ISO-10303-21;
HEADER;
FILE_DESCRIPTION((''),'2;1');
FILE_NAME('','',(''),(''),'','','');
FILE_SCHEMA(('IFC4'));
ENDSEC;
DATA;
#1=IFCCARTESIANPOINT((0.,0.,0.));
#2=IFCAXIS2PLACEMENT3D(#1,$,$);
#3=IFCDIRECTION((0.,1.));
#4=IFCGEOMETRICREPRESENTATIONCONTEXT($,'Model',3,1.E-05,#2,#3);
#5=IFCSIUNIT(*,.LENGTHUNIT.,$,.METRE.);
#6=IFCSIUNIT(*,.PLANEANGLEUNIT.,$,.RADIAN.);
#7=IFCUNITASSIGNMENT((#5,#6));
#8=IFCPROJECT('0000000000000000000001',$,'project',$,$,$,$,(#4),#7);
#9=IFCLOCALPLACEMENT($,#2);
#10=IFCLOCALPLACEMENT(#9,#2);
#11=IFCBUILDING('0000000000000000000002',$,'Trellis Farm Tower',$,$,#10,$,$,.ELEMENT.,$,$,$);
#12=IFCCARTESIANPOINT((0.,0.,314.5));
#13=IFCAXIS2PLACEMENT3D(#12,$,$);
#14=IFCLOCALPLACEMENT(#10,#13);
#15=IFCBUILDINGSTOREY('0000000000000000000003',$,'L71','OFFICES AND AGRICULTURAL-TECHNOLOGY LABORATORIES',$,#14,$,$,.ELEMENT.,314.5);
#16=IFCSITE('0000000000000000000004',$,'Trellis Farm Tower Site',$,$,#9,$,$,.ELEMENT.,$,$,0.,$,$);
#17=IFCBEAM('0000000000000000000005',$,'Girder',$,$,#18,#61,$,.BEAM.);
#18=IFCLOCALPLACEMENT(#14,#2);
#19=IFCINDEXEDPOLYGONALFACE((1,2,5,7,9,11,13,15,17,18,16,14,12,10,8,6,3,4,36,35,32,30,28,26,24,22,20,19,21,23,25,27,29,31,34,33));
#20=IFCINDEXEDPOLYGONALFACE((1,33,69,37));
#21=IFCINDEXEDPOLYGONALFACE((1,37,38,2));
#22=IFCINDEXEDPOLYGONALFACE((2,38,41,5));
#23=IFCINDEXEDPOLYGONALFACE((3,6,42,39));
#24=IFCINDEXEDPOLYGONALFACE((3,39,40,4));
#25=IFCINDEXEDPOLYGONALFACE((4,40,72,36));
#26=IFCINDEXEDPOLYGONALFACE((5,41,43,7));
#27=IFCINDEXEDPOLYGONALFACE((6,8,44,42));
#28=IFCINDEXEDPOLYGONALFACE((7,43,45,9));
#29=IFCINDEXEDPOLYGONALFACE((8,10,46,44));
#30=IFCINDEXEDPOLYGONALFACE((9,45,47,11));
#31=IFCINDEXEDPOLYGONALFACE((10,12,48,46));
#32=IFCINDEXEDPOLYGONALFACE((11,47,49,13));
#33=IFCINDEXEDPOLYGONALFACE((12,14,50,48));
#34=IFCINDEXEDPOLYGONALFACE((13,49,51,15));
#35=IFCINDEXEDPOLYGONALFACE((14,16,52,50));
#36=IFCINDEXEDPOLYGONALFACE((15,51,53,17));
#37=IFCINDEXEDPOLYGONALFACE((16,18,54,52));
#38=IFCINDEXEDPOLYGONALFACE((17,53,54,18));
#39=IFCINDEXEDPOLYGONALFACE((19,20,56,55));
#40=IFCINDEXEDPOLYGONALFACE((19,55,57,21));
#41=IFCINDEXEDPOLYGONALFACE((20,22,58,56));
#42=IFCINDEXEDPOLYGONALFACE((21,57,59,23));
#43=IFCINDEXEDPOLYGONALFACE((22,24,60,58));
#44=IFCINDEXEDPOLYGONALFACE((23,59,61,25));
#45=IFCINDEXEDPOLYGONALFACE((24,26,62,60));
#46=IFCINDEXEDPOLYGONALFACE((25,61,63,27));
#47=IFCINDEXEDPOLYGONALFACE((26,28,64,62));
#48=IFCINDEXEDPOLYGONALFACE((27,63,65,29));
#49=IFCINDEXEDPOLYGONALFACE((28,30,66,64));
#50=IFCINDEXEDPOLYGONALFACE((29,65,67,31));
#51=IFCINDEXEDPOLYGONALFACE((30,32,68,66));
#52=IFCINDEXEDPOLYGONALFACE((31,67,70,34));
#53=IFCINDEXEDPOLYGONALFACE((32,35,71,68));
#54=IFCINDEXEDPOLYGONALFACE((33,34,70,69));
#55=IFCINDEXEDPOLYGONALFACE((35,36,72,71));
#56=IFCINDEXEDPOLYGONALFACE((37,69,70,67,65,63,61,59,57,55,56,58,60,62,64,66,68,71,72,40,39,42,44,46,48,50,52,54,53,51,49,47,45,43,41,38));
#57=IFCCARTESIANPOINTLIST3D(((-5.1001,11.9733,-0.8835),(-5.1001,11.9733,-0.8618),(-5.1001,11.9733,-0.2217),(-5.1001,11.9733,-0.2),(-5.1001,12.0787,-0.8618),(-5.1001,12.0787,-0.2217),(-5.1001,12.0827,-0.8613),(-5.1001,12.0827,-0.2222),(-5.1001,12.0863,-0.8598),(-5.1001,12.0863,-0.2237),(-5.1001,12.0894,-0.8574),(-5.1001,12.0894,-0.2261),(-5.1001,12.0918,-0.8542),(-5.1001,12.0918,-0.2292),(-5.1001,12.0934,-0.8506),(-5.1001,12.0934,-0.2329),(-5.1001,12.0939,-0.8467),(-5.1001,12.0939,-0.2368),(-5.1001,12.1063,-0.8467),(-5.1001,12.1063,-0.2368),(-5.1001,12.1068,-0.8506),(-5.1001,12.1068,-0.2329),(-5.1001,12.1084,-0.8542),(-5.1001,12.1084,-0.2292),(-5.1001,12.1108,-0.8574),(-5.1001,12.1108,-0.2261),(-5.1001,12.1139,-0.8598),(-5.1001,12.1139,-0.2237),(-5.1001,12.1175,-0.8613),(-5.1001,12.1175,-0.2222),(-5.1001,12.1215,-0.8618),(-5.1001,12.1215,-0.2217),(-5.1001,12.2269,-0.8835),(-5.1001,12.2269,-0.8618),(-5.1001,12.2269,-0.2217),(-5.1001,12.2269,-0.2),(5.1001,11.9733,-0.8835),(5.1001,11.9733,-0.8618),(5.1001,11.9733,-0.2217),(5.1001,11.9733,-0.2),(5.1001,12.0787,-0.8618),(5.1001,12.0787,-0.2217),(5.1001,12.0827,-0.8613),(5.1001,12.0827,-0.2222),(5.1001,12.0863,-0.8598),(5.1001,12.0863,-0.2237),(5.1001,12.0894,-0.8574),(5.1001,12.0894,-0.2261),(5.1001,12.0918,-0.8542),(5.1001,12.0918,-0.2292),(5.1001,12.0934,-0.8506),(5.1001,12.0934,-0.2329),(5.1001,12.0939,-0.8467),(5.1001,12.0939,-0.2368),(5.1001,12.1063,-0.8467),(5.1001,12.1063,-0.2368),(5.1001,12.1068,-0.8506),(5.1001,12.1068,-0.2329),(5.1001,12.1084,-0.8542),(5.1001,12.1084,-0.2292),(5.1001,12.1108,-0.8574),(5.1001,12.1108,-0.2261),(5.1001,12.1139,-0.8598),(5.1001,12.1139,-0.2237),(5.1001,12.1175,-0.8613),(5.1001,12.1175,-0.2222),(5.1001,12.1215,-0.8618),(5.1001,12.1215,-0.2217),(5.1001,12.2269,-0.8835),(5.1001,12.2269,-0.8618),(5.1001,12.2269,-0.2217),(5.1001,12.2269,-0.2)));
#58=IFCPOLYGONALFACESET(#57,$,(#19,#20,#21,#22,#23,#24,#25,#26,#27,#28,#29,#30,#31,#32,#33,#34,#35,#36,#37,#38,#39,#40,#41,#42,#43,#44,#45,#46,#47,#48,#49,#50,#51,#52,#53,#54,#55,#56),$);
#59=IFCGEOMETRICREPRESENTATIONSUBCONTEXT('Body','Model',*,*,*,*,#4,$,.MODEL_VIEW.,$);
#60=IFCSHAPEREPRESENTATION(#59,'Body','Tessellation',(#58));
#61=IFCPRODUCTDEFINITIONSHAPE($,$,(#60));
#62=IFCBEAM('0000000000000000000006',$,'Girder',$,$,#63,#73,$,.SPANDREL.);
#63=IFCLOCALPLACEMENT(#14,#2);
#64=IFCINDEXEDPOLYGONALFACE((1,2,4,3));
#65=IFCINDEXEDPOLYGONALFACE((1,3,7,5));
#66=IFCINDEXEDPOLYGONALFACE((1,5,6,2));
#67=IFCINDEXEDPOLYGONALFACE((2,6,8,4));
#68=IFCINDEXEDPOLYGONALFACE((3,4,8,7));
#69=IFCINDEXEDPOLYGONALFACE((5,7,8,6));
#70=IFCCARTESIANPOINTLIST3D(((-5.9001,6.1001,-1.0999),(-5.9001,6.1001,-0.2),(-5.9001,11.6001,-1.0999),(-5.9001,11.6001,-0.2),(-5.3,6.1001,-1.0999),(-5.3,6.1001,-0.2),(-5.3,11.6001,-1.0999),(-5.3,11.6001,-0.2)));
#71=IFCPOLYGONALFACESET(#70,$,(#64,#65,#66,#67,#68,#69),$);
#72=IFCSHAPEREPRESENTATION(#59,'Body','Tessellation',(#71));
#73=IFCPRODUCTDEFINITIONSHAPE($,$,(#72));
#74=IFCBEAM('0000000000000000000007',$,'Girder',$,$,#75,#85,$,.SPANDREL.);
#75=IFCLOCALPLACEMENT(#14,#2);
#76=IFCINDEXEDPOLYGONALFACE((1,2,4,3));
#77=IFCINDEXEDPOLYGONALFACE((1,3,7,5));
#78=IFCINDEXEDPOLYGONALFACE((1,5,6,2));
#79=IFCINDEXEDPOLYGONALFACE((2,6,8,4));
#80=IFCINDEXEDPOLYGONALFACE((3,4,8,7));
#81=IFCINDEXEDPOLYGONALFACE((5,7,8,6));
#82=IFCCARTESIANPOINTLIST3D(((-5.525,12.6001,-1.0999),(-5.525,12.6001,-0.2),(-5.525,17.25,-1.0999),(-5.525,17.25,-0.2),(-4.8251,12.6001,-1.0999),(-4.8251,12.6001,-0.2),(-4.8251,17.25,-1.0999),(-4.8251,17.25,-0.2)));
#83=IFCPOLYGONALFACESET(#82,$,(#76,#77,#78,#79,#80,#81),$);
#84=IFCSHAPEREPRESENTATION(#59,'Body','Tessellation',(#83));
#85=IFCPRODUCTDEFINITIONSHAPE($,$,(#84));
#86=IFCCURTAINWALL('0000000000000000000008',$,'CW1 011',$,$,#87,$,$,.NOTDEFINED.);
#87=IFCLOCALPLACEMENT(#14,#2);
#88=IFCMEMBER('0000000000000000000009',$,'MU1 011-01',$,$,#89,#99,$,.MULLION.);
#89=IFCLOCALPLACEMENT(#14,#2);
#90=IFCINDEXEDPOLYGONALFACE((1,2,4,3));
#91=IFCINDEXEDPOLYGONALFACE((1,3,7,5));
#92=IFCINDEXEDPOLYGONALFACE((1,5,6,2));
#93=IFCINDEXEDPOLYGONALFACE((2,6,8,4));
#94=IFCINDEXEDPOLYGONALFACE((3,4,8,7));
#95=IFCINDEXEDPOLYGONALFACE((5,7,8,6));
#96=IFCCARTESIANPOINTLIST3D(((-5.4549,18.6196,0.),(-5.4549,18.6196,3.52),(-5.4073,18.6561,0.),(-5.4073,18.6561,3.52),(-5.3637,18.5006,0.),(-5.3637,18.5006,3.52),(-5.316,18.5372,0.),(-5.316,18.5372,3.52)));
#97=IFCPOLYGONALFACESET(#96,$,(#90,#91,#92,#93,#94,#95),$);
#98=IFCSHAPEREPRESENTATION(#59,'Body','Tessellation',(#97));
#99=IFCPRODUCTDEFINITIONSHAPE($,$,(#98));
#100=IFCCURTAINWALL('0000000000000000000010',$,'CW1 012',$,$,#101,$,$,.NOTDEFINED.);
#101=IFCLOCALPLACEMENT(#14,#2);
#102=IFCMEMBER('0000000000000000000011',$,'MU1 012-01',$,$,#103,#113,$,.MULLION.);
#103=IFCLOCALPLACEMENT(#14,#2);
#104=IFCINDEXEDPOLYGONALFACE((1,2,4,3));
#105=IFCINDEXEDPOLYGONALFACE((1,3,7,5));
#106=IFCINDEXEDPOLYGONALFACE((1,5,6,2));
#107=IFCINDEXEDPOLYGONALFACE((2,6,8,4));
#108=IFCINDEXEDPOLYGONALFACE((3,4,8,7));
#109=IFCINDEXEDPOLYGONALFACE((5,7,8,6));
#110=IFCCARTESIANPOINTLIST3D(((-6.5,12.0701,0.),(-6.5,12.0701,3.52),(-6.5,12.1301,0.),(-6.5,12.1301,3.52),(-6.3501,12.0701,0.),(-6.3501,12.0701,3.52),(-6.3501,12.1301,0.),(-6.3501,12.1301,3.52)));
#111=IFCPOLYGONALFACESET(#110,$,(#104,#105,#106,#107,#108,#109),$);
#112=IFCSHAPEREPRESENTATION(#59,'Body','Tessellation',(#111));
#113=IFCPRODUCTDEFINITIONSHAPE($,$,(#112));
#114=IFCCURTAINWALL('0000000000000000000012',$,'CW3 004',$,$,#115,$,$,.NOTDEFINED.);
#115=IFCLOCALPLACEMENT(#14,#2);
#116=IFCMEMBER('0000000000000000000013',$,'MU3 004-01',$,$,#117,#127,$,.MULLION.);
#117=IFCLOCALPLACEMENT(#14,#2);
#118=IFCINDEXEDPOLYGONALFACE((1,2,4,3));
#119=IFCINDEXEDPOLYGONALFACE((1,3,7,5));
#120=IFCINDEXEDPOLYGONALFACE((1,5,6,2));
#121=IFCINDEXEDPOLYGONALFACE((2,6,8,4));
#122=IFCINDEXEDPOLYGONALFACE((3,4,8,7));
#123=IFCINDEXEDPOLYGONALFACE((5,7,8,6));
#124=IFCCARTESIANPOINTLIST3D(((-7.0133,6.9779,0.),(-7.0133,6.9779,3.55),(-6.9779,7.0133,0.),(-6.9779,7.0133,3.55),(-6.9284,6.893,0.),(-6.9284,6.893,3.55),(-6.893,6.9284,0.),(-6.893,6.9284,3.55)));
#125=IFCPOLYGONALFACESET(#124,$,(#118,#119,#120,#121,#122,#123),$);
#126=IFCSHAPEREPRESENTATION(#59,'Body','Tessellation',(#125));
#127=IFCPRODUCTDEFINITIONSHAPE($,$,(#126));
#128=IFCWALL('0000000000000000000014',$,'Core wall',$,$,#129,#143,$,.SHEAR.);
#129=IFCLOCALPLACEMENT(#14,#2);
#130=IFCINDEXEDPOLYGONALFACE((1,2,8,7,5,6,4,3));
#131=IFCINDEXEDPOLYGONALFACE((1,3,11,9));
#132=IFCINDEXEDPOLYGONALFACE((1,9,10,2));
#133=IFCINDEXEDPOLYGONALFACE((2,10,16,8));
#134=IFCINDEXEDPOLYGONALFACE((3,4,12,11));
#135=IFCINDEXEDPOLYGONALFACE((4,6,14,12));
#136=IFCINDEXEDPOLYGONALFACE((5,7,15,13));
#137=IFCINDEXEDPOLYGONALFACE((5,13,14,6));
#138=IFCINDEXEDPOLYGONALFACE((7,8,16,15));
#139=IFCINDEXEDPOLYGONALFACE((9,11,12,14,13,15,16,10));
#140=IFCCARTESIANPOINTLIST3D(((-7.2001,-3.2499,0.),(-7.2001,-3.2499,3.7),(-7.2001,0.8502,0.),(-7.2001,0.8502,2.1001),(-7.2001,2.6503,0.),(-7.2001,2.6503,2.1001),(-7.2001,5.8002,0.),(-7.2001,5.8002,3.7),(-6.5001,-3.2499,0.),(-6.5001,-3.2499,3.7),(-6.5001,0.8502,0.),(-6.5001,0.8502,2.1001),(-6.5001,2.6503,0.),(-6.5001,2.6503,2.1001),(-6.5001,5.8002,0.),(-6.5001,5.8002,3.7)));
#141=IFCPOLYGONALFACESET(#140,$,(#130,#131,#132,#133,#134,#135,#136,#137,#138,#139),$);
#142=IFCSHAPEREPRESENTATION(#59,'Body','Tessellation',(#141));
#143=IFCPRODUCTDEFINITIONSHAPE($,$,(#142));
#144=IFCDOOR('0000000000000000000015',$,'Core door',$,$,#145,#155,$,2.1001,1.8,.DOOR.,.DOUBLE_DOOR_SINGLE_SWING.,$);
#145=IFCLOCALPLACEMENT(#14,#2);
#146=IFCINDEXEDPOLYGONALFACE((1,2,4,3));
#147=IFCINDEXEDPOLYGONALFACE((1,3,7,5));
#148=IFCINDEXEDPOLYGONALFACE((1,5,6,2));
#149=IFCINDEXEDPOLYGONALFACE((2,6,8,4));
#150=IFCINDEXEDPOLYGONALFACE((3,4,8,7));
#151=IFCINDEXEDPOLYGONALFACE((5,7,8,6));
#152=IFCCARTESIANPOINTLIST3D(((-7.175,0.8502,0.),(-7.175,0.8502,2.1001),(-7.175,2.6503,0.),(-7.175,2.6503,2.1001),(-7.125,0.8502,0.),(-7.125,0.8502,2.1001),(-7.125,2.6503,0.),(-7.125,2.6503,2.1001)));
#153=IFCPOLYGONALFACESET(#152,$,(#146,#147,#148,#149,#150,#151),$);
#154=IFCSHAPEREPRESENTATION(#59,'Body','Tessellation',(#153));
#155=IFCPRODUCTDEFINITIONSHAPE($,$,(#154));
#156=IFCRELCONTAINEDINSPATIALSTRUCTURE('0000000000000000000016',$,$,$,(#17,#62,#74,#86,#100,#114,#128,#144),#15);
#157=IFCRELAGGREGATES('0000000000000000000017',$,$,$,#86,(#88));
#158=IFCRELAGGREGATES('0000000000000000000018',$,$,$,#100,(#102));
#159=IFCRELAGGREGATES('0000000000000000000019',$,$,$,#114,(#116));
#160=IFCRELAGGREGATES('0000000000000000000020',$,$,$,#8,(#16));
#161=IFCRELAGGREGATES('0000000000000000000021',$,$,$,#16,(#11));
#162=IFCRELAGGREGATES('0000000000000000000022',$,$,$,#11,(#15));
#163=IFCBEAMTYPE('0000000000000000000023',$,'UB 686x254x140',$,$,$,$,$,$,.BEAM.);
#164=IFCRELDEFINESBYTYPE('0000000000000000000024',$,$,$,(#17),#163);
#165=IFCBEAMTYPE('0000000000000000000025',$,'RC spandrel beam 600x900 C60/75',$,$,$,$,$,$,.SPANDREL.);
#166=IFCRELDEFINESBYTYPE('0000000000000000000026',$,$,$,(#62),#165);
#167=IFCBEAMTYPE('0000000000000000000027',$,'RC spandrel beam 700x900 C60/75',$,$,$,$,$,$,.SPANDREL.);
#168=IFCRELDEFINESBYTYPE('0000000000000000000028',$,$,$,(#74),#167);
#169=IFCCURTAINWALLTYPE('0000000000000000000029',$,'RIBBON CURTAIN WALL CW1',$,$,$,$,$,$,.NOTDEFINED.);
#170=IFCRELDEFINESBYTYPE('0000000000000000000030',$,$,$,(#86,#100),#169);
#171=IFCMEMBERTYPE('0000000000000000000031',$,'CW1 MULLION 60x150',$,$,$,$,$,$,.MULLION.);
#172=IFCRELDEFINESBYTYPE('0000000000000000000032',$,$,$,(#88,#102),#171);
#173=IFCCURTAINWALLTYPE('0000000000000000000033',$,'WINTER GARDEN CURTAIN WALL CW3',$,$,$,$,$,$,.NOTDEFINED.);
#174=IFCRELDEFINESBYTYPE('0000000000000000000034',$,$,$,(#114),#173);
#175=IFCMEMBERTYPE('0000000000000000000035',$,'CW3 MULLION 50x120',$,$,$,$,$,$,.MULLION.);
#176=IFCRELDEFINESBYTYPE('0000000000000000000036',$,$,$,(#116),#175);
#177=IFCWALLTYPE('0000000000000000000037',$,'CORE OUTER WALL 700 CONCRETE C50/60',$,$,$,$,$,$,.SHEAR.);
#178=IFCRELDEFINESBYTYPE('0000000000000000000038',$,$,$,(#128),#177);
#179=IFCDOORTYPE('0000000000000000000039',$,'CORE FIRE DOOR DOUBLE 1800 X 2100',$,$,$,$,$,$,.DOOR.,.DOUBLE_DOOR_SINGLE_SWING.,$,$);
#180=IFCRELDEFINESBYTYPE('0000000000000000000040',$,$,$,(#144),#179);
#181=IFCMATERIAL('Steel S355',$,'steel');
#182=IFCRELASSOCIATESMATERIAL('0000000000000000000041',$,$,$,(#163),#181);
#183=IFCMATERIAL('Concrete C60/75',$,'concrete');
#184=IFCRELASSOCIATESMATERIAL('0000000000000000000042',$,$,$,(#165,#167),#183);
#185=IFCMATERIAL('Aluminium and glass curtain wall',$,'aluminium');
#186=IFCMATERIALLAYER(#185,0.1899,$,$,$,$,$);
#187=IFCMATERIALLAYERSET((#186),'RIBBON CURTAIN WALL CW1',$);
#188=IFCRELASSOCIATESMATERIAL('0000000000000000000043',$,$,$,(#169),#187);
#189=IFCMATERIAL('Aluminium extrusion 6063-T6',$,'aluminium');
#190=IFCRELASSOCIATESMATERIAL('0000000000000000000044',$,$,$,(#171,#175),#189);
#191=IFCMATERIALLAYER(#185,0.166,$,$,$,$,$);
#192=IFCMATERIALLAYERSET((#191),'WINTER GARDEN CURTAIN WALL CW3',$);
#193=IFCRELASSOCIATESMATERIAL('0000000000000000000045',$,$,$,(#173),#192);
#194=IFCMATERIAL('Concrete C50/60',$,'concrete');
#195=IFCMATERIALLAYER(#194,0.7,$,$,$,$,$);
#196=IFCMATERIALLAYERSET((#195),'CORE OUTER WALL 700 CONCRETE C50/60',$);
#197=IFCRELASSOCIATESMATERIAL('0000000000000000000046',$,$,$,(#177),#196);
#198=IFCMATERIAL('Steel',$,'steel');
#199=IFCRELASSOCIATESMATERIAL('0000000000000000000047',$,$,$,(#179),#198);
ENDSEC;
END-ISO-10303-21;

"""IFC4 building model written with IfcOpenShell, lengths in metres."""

from ifc_helpers import new_model, si_unit, direction, frame, frame_2d, origin, origin_2d, place, context, subcontext, project, spatial, rectangle, i_section, extrude, source, transform, mapped, material, layer, layer_set, material_profile, profile_set, type_object, element, fill, aggregate, save


model = new_model("IFC4")

# Units and contexts
model_context = context("Model", 3, precision=1e-05, world=origin(), true_north=direction((0.0, 1.0)))
body_context = subcontext(model_context, "Body", "Model", "MODEL_VIEW")
ifc_project = project(units=[si_unit("LENGTHUNIT", "METRE"), si_unit("PLANEANGLEUNIT", "RADIAN")], contexts=[model_context])

# Site, building, storey
site_placement = place(None, origin())
site = spatial("IfcSite", under=ifc_project, at=site_placement, Name="Trellis Farm Tower Site", CompositionType="ELEMENT", RefElevation=0.0)
building_placement = place(site_placement, origin())
building = spatial("IfcBuilding", under=site, at=building_placement, Name="Trellis Farm Tower", CompositionType="ELEMENT")
storey_placement = place(building_placement, frame((0.0, 0.0, 314.5)))
storey = spatial("IfcBuildingStorey", under=building, at=storey_placement, Name="L71", Description="OFFICES AND AGRICULTURAL-TECHNOLOGY LABORATORIES", CompositionType="ELEMENT", Elevation=314.5)

# Shared definitions
ifc_material_1 = material(Name="Concrete C60/75", Category="concrete")

# Beams
ifc_material_2 = material(Name="Steel S355", Category="steel")
ifc_material_profile_1 = material_profile(ifc_material_2, i_section(OverallWidth=0.2537, OverallDepth=0.6836, WebThickness=0.0125, FlangeThickness=0.0217, FilletRadius=0.0151, at=origin_2d()), Name="UB 686x254x140")
ifc_profile_set_1 = profile_set([ifc_material_profile_1], Name="Steel S355")
beam_type_1 = type_object("IfcBeamType", Name="UB 686x254x140", PredefinedType="BEAM", material=ifc_profile_set_1)
shared_shape_1 = source(origin(), body_context, "Body", "SweptSolid", [
    extrude(i_section(OverallWidth=0.2537, OverallDepth=0.6836, WebThickness=0.0125, FlangeThickness=0.0217, FilletRadius=0.0151, at=origin_2d()), origin(), (0.0, 0.0, 1.0), 10.2002),
])
for number, where, z_axis, x_axis, name in (
    (1, (-5.1001, 12.1001, -0.5417), (1.0, 0.0, 0.0), (0.0, 1.0, 0.0), "Girder"),
):
    element("IfcBeam", number, at=place(storey_placement, frame(where, z_axis=z_axis, x_axis=x_axis)), inside=storey, type_object=beam_type_1, Name=name, PredefinedType="BEAM", context=body_context, shape_type="MappedRepresentation", body=[
        mapped(shared_shape_1, transform((0.0, 0.0, 0.0))),
    ])
ifc_material_profile_2 = material_profile(ifc_material_1, rectangle(XDim=0.6001, YDim=0.8999, at=origin_2d()), Name="RC spandrel beam 600x900 C60/75")
ifc_profile_set_2 = profile_set([ifc_material_profile_2], Name="Concrete C60/75")
beam_type_2 = type_object("IfcBeamType", Name="RC spandrel beam 600x900 C60/75", PredefinedType="SPANDREL", material=ifc_profile_set_2)
shared_shape_2 = source(origin(), body_context, "Body", "SweptSolid", [
    extrude(rectangle(XDim=0.6001, YDim=0.8999, at=origin_2d()), origin(), (0.0, 0.0, 1.0), 5.5),
])
beam_1_placement = place(storey_placement, frame((-5.6001, 6.1001, -0.6499), z_axis=(0.0, 1.0, 0.0), x_axis=(-1.0, 0.0, 0.0)))
element("IfcBeam", 2, at=beam_1_placement, inside=storey, type_object=beam_type_2, Name="Girder", PredefinedType="SPANDREL", context=body_context, shape_type="MappedRepresentation", body=[
    mapped(shared_shape_2, transform((0.0, 0.0, 0.0))),
])
ifc_material_profile_3 = material_profile(ifc_material_1, rectangle(XDim=0.7, YDim=0.8999, at=origin_2d()), Name="RC spandrel beam 700x900 C60/75")
ifc_profile_set_3 = profile_set([ifc_material_profile_3], Name="Concrete C60/75")
beam_type_3 = type_object("IfcBeamType", Name="RC spandrel beam 700x900 C60/75", PredefinedType="SPANDREL", material=ifc_profile_set_3)
shared_shape_3 = source(origin(), body_context, "Body", "SweptSolid", [
    extrude(rectangle(XDim=0.7, YDim=0.8999, at=origin_2d()), origin(), (0.0, 0.0, 1.0), 4.6499),
])
beam_2_placement = place(storey_placement, frame((-5.175, 12.6001, -0.6499), z_axis=(0.0, 1.0, 0.0), x_axis=(-1.0, 0.0, 0.0)))
element("IfcBeam", 3, at=beam_2_placement, inside=storey, type_object=beam_type_3, Name="Girder", PredefinedType="SPANDREL", context=body_context, shape_type="MappedRepresentation", body=[
    mapped(shared_shape_3, transform((0.0, 0.0, 0.0))),
])

# Curtain walls, members
ifc_material_3 = material(Name="Aluminium and glass curtain wall", Category="aluminium")
ifc_layer_1 = layer(ifc_material_3, 0.1899)
ifc_layer_set_1 = layer_set([ifc_layer_1], Name="RIBBON CURTAIN WALL CW1")
curtain_wall_type_1 = type_object("IfcCurtainWallType", Name="RIBBON CURTAIN WALL CW1", PredefinedType="NOTDEFINED", material=ifc_layer_set_1)
placement = place(storey_placement, origin())
curtain_wall_1 = element("IfcCurtainWall", 4, at=placement, inside=storey, type_object=curtain_wall_type_1, Name="CW1 011", PredefinedType="NOTDEFINED")
ifc_material_4 = material(Name="Aluminium extrusion 6063-T6", Category="aluminium")
ifc_material_profile_4 = material_profile(ifc_material_4, rectangle(XDim=0.0601, YDim=0.1499, at=origin_2d()), Name="MULLION 60x150")
ifc_profile_set_4 = profile_set([ifc_material_profile_4], Name="Aluminium extrusion 6063-T6")
member_type_1 = type_object("IfcMemberType", Name="CW1 MULLION 60x150", PredefinedType="MULLION", material=ifc_profile_set_4)
shared_shape_4 = source(origin(), body_context, "Body", "SweptSolid", [
    extrude(rectangle(XDim=0.0601, YDim=0.1499, at=origin_2d()), origin(), (0.0, 0.0, 1.0), 3.52),
])
member_1_placement = place(storey_placement, frame((-5.3855, 18.5784, 0.0), z_axis=(0.0, 0.0, 1.0), x_axis=(-0.793353, -0.608761, 0.0)))
member_1 = element("IfcMember", 5, at=member_1_placement, type_object=member_type_1, Name="MU1 011-01", PredefinedType="MULLION", context=body_context, shape_type="MappedRepresentation", body=[
    mapped(shared_shape_4, transform((0.0, 0.0, 0.0))),
])
aggregate(curtain_wall_1, [member_1])
curtain_wall_2 = element("IfcCurtainWall", 6, at=placement, inside=storey, type_object=curtain_wall_type_1, Name="CW1 012", PredefinedType="NOTDEFINED")
member_2_placement = place(storey_placement, frame((-6.425, 12.1001, 0.0), z_axis=(0.0, 0.0, 1.0), x_axis=(0.0, -1.0, 0.0)))
member_2 = element("IfcMember", 7, at=member_2_placement, type_object=member_type_1, Name="MU1 012-01", PredefinedType="MULLION", context=body_context, shape_type="MappedRepresentation", body=[
    mapped(shared_shape_4, transform((0.0, 0.0, 0.0))),
])
aggregate(curtain_wall_2, [member_2])
ifc_layer_2 = layer(ifc_material_3, 0.166)
ifc_layer_set_2 = layer_set([ifc_layer_2], Name="WINTER GARDEN CURTAIN WALL CW3")
curtain_wall_type_2 = type_object("IfcCurtainWallType", Name="WINTER GARDEN CURTAIN WALL CW3", PredefinedType="NOTDEFINED", material=ifc_layer_set_2)
curtain_wall_3 = element("IfcCurtainWall", 8, at=placement, inside=storey, type_object=curtain_wall_type_2, Name="CW3 004", PredefinedType="NOTDEFINED")
ifc_material_profile_5 = material_profile(ifc_material_4, rectangle(XDim=0.05, YDim=0.1201, at=origin_2d()), Name="MULLION 50x120")
ifc_profile_set_5 = profile_set([ifc_material_profile_5], Name="Aluminium extrusion 6063-T6")
member_type_2 = type_object("IfcMemberType", Name="CW3 MULLION 50x120", PredefinedType="MULLION", material=ifc_profile_set_5)
shared_shape_5 = source(origin(), body_context, "Body", "SweptSolid", [
    extrude(rectangle(XDim=0.05, YDim=0.1201, at=origin_2d()), origin(), (0.0, 0.0, 1.0), 3.55),
])
member_3_placement = place(storey_placement, frame((-6.9531, 6.9531, 0.0), z_axis=(0.0, 0.0, 1.0), x_axis=(-0.707107, -0.707107, 0.0)))
member_3 = element("IfcMember", 9, at=member_3_placement, type_object=member_type_2, Name="MU3 004-01", PredefinedType="MULLION", context=body_context, shape_type="MappedRepresentation", body=[
    mapped(shared_shape_5, transform((0.0, 0.0, 0.0))),
])
aggregate(curtain_wall_3, [member_3])

# Wall, opening, door
ifc_material_5 = material(Name="Concrete C50/60", Category="concrete")
ifc_layer_3 = layer(ifc_material_5, 0.7)
ifc_layer_set_3 = layer_set([ifc_layer_3], Name="CORE OUTER WALL 700 CONCRETE C50/60")
wall_type_1 = type_object("IfcWallType", Name="CORE OUTER WALL 700 CONCRETE C50/60", PredefinedType="SHEAR", material=ifc_layer_set_3)
shared_shape_6 = source(origin(), body_context, "Body", "SweptSolid", [
    extrude(rectangle(XDim=9.05, YDim=0.7, at=frame_2d((4.5249, 0.0))), origin(), (0.0, 0.0, 1.0), 3.7),
])
wall_1_placement = place(storey_placement, frame((-6.8501, 5.8, 0.0), z_axis=(0.0, 0.0, 1.0), x_axis=(0.0, -1.0, 0.0)))
wall_1 = element("IfcWall", 10, at=wall_1_placement, inside=storey, type_object=wall_type_1, Name="Core wall", PredefinedType="SHEAR", context=body_context, shape_type="MappedRepresentation", body=[
    mapped(shared_shape_6, transform((0.0, 0.0, 0.0))),
])
shared_shape_7 = source(origin(), body_context, "Body", "SweptSolid", [
    extrude(rectangle(XDim=1.8, YDim=2.1001, at=frame_2d((0.8999, 1.05))), frame((0.0, 0.3601, 0.0), z_axis=(0.0, -1.0, 0.0), x_axis=(1.0, 0.0, 0.0)), (0.0, 0.0, 1.0), 0.7202),
])
opening_1_placement = place(wall_1_placement, frame((3.1499, 0.0, 0.0)))
opening_1 = element("IfcOpeningElement", 11, at=opening_1_placement, cuts=wall_1, PredefinedType="OPENING", context=body_context, shape_type="MappedRepresentation", body=[
    mapped(shared_shape_7, transform((0.0, 0.0, 0.0))),
])
ifc_material_6 = material(Name="Steel", Category="steel")
door_type_1 = type_object("IfcDoorType", Name="CORE FIRE DOOR DOUBLE 1800 X 2100", OperationType="DOUBLE_DOOR_SINGLE_SWING", PredefinedType="DOOR", material=ifc_material_6)
shared_shape_8 = source(origin(), body_context, "Body", "SweptSolid", [
    extrude(rectangle(XDim=1.8, YDim=2.1001, at=frame_2d((0.8999, 1.05))), frame((0.0, -0.2749, 0.0), z_axis=(0.0, -1.0, 0.0), x_axis=(1.0, 0.0, 0.0)), (0.0, 0.0, 1.0), 0.05),
])
door_1_placement = place(opening_1_placement, origin())
door_1 = element("IfcDoor", 12, at=door_1_placement, inside=storey, type_object=door_type_1, Name="Core door", OperationType="DOUBLE_DOOR_SINGLE_SWING", OverallHeight=2.1001, OverallWidth=1.8, PredefinedType="DOOR", context=body_context, shape_type="MappedRepresentation", body=[
    mapped(shared_shape_8, transform((0.0, 0.0, 0.0))),
])
fill(opening_1, door_1)

save(model, "model.ifc")
